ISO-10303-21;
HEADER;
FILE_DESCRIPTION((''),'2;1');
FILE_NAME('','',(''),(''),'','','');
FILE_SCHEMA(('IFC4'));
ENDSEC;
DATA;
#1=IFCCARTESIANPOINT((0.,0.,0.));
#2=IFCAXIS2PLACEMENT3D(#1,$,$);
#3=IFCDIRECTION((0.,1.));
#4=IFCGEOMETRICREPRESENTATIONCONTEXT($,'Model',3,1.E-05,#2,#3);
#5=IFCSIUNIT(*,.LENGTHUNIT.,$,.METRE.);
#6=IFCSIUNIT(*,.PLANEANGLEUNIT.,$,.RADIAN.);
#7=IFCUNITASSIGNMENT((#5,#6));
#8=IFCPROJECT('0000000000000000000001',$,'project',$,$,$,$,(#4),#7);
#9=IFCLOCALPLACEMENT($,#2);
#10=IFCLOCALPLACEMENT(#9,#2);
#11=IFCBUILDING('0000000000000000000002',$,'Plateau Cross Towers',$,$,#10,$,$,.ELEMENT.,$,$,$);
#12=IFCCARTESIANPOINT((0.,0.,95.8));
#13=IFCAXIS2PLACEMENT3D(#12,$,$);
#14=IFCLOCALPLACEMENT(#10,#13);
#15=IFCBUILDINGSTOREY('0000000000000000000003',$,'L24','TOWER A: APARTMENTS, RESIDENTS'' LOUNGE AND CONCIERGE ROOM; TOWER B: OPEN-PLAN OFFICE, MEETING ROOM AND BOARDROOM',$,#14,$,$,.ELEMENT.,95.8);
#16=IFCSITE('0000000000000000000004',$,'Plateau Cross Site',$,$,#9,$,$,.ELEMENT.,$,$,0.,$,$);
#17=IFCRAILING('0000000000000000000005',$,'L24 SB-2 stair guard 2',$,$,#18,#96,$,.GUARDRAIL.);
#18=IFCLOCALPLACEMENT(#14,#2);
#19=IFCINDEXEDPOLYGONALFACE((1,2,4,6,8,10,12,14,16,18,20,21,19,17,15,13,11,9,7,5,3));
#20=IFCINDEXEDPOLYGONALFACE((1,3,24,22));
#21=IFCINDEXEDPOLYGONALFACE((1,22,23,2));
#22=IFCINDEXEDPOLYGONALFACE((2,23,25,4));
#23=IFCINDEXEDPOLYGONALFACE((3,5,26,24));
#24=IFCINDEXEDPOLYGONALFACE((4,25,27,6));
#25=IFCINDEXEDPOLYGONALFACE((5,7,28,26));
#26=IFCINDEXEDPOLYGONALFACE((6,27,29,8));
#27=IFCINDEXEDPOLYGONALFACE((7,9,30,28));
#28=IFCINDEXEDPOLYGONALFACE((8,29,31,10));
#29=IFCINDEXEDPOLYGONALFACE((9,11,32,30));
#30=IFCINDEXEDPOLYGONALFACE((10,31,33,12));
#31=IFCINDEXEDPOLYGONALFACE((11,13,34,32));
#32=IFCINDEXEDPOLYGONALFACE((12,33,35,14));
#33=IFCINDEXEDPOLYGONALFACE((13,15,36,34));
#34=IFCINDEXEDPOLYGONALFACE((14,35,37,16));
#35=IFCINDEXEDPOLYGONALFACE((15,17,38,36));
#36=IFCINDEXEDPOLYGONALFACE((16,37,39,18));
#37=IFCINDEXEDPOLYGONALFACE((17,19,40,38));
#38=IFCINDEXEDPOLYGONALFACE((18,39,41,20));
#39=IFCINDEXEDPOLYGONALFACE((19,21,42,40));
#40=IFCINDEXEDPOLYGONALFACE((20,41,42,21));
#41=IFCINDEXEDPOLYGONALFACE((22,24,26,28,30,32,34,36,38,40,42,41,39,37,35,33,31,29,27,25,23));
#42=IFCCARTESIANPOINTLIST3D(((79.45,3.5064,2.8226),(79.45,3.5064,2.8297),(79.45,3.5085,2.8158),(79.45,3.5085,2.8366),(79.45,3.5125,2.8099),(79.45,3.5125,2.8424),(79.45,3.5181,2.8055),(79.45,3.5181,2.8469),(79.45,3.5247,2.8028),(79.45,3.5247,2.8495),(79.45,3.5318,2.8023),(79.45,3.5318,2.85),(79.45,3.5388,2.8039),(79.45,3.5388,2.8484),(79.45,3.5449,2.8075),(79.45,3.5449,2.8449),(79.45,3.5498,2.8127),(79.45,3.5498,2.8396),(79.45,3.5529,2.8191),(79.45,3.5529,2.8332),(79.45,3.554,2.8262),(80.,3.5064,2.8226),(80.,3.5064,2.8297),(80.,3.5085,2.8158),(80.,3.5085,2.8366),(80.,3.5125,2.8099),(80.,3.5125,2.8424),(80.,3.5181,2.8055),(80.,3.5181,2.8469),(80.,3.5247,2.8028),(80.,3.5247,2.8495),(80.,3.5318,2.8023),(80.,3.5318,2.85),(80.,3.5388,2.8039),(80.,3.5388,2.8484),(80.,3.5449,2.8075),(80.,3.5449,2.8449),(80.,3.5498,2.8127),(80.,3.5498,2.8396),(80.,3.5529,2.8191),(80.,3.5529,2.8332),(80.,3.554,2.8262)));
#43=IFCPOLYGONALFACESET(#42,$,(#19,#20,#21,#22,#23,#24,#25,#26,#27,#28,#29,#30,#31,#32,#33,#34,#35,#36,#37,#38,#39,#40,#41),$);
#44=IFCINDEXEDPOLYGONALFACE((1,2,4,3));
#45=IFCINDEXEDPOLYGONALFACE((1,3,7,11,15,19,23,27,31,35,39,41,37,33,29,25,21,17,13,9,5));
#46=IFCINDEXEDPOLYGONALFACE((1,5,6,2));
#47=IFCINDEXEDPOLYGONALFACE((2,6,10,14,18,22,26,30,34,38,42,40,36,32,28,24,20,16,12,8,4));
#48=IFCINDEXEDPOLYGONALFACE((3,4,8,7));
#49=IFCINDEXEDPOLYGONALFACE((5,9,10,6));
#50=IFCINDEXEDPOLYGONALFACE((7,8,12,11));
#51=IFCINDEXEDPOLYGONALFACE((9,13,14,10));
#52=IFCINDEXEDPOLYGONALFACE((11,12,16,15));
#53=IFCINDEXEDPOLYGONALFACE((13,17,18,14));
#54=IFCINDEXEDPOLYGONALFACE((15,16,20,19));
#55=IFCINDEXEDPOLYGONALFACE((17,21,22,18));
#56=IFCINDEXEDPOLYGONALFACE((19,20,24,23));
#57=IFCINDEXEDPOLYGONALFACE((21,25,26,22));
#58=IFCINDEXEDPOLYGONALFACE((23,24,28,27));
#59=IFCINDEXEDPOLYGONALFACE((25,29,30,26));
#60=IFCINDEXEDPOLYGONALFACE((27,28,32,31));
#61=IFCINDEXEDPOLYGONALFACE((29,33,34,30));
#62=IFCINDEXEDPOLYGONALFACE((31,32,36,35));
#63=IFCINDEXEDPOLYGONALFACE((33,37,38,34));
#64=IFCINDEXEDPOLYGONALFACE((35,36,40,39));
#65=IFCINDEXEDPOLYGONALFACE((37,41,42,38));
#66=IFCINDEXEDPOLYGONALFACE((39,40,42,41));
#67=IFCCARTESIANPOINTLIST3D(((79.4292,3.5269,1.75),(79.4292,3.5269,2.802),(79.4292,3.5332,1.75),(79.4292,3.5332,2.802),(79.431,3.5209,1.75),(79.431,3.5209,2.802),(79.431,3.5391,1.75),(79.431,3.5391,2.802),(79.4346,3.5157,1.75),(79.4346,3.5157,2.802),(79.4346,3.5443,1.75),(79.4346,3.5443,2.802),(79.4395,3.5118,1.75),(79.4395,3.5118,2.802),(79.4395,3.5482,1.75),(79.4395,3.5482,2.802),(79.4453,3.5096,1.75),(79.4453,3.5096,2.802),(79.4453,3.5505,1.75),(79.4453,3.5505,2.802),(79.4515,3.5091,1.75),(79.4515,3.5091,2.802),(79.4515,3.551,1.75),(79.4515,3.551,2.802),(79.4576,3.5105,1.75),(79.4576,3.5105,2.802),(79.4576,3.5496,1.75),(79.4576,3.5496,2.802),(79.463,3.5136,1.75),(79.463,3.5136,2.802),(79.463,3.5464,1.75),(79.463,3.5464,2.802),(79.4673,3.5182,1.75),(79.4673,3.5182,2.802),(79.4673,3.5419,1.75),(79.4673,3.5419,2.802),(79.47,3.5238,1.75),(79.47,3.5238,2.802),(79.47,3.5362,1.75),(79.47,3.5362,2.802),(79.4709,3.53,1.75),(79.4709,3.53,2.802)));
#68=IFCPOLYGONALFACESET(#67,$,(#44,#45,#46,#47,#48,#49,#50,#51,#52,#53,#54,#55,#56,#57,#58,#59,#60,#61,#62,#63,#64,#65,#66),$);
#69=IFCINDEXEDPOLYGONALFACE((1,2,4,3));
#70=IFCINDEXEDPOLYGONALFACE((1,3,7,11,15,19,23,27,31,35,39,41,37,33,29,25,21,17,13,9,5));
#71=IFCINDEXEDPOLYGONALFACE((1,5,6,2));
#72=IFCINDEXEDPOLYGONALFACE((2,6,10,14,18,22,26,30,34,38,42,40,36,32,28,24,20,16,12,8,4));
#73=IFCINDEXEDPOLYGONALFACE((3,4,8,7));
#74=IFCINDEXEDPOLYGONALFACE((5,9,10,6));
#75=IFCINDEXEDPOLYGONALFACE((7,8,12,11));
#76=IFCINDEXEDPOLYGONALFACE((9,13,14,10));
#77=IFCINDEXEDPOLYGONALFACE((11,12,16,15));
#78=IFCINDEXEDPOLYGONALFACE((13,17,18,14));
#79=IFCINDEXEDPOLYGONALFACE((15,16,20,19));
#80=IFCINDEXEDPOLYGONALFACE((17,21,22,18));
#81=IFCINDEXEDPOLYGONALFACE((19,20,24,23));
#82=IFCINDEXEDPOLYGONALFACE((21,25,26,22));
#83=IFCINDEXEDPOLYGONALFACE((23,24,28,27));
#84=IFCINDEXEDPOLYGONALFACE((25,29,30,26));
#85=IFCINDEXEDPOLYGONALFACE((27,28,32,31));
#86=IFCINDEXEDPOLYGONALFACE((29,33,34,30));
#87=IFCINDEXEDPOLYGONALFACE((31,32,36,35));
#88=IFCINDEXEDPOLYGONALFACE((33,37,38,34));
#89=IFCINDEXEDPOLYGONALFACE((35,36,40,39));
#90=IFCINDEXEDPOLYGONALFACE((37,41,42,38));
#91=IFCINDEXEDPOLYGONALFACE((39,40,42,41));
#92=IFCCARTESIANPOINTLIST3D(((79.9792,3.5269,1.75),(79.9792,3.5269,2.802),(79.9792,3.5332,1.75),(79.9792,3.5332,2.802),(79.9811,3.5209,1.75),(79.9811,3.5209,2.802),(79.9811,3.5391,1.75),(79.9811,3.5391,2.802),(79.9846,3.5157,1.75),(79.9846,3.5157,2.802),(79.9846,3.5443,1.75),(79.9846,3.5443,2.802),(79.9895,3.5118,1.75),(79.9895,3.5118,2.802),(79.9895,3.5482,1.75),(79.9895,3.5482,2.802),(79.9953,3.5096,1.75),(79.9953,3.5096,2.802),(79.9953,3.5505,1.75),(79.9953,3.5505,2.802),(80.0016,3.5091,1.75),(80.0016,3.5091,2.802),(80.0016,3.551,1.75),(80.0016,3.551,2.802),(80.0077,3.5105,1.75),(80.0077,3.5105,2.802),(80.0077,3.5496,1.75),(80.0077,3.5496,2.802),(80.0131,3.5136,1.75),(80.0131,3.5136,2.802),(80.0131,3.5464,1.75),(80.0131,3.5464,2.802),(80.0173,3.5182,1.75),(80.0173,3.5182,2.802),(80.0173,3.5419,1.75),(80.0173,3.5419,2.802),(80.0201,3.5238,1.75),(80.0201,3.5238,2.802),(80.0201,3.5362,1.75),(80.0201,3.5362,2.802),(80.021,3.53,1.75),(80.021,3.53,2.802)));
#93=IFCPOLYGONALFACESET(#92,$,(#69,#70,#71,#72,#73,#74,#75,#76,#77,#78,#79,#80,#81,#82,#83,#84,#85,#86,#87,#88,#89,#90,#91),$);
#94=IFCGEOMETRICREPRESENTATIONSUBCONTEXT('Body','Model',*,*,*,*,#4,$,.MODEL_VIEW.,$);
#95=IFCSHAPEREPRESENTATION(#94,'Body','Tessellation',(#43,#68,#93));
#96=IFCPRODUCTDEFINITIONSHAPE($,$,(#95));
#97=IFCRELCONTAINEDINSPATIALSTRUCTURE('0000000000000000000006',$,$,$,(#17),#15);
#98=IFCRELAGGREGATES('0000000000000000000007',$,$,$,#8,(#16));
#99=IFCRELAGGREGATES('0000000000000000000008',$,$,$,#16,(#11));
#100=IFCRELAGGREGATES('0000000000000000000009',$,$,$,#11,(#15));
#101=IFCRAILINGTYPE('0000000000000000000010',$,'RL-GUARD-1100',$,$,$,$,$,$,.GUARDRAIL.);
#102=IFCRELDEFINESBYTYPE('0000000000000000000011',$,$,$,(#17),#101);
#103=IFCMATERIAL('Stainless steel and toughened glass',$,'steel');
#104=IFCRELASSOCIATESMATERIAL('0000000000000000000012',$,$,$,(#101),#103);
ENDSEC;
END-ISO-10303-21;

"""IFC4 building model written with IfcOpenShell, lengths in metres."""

from ifc_helpers import new_model, si_unit, direction, frame, origin, origin_2d, place, context, subcontext, project, spatial, circle, extrude, material, type_object, element, save


model = new_model("IFC4")

# Units and contexts
model_context = context("Model", 3, precision=1e-05, world=origin(), true_north=direction((0.0, 1.0)))
body_context = subcontext(model_context, "Body", "Model", "MODEL_VIEW")
ifc_project = project(units=[si_unit("LENGTHUNIT", "METRE"), si_unit("PLANEANGLEUNIT", "RADIAN")], contexts=[model_context])

# Site, building, storey
site_placement = place(None, origin())
site = spatial("IfcSite", under=ifc_project, at=site_placement, Name="Plateau Cross Site", CompositionType="ELEMENT", RefElevation=0.0)
building_placement = place(site_placement, origin())
building = spatial("IfcBuilding", under=site, at=building_placement, Name="Plateau Cross Towers", CompositionType="ELEMENT")
storey_placement = place(building_placement, frame((0.0, 0.0, 95.8)))
storey = spatial("IfcBuildingStorey", under=building, at=storey_placement, Name="L24", Description="TOWER A: APARTMENTS, RESIDENTS' LOUNGE AND CONCIERGE ROOM; TOWER B: OPEN-PLAN OFFICE, MEETING ROOM AND BOARDROOM", CompositionType="ELEMENT", Elevation=95.8)

# Railing
ifc_material_1 = material(Name="Stainless steel and toughened glass", Category="steel")
railing_type_1 = type_object("IfcRailingType", Name="RL-GUARD-1100", PredefinedType="GUARDRAIL", material=ifc_material_1)
railing_1_placement = place(storey_placement, frame((79.45, 3.53, 1.75)))
element("IfcRailing", 1, at=railing_1_placement, inside=storey, type_object=railing_type_1, Name="L24 SB-2 stair guard 2", PredefinedType="GUARDRAIL", context=body_context, shape_type="SweptSolid", body=[
    extrude(circle(Radius=0.0239, at=origin_2d()), frame((0.0, 0.0, 1.0762), z_axis=(1.0, 0.0, 0.0), x_axis=(0.0, 1.0, 0.0)), (0.0, 0.0, 1.0), 0.55),
    extrude(circle(Radius=0.021, at=origin_2d()), origin(), (0.0, 0.0, 1.0), 1.052),
    extrude(circle(Radius=0.021, at=origin_2d()), frame((0.55, 0.0, 0.0)), (0.0, 0.0, 1.0), 1.052),
])

save(model, "model.ifc")
